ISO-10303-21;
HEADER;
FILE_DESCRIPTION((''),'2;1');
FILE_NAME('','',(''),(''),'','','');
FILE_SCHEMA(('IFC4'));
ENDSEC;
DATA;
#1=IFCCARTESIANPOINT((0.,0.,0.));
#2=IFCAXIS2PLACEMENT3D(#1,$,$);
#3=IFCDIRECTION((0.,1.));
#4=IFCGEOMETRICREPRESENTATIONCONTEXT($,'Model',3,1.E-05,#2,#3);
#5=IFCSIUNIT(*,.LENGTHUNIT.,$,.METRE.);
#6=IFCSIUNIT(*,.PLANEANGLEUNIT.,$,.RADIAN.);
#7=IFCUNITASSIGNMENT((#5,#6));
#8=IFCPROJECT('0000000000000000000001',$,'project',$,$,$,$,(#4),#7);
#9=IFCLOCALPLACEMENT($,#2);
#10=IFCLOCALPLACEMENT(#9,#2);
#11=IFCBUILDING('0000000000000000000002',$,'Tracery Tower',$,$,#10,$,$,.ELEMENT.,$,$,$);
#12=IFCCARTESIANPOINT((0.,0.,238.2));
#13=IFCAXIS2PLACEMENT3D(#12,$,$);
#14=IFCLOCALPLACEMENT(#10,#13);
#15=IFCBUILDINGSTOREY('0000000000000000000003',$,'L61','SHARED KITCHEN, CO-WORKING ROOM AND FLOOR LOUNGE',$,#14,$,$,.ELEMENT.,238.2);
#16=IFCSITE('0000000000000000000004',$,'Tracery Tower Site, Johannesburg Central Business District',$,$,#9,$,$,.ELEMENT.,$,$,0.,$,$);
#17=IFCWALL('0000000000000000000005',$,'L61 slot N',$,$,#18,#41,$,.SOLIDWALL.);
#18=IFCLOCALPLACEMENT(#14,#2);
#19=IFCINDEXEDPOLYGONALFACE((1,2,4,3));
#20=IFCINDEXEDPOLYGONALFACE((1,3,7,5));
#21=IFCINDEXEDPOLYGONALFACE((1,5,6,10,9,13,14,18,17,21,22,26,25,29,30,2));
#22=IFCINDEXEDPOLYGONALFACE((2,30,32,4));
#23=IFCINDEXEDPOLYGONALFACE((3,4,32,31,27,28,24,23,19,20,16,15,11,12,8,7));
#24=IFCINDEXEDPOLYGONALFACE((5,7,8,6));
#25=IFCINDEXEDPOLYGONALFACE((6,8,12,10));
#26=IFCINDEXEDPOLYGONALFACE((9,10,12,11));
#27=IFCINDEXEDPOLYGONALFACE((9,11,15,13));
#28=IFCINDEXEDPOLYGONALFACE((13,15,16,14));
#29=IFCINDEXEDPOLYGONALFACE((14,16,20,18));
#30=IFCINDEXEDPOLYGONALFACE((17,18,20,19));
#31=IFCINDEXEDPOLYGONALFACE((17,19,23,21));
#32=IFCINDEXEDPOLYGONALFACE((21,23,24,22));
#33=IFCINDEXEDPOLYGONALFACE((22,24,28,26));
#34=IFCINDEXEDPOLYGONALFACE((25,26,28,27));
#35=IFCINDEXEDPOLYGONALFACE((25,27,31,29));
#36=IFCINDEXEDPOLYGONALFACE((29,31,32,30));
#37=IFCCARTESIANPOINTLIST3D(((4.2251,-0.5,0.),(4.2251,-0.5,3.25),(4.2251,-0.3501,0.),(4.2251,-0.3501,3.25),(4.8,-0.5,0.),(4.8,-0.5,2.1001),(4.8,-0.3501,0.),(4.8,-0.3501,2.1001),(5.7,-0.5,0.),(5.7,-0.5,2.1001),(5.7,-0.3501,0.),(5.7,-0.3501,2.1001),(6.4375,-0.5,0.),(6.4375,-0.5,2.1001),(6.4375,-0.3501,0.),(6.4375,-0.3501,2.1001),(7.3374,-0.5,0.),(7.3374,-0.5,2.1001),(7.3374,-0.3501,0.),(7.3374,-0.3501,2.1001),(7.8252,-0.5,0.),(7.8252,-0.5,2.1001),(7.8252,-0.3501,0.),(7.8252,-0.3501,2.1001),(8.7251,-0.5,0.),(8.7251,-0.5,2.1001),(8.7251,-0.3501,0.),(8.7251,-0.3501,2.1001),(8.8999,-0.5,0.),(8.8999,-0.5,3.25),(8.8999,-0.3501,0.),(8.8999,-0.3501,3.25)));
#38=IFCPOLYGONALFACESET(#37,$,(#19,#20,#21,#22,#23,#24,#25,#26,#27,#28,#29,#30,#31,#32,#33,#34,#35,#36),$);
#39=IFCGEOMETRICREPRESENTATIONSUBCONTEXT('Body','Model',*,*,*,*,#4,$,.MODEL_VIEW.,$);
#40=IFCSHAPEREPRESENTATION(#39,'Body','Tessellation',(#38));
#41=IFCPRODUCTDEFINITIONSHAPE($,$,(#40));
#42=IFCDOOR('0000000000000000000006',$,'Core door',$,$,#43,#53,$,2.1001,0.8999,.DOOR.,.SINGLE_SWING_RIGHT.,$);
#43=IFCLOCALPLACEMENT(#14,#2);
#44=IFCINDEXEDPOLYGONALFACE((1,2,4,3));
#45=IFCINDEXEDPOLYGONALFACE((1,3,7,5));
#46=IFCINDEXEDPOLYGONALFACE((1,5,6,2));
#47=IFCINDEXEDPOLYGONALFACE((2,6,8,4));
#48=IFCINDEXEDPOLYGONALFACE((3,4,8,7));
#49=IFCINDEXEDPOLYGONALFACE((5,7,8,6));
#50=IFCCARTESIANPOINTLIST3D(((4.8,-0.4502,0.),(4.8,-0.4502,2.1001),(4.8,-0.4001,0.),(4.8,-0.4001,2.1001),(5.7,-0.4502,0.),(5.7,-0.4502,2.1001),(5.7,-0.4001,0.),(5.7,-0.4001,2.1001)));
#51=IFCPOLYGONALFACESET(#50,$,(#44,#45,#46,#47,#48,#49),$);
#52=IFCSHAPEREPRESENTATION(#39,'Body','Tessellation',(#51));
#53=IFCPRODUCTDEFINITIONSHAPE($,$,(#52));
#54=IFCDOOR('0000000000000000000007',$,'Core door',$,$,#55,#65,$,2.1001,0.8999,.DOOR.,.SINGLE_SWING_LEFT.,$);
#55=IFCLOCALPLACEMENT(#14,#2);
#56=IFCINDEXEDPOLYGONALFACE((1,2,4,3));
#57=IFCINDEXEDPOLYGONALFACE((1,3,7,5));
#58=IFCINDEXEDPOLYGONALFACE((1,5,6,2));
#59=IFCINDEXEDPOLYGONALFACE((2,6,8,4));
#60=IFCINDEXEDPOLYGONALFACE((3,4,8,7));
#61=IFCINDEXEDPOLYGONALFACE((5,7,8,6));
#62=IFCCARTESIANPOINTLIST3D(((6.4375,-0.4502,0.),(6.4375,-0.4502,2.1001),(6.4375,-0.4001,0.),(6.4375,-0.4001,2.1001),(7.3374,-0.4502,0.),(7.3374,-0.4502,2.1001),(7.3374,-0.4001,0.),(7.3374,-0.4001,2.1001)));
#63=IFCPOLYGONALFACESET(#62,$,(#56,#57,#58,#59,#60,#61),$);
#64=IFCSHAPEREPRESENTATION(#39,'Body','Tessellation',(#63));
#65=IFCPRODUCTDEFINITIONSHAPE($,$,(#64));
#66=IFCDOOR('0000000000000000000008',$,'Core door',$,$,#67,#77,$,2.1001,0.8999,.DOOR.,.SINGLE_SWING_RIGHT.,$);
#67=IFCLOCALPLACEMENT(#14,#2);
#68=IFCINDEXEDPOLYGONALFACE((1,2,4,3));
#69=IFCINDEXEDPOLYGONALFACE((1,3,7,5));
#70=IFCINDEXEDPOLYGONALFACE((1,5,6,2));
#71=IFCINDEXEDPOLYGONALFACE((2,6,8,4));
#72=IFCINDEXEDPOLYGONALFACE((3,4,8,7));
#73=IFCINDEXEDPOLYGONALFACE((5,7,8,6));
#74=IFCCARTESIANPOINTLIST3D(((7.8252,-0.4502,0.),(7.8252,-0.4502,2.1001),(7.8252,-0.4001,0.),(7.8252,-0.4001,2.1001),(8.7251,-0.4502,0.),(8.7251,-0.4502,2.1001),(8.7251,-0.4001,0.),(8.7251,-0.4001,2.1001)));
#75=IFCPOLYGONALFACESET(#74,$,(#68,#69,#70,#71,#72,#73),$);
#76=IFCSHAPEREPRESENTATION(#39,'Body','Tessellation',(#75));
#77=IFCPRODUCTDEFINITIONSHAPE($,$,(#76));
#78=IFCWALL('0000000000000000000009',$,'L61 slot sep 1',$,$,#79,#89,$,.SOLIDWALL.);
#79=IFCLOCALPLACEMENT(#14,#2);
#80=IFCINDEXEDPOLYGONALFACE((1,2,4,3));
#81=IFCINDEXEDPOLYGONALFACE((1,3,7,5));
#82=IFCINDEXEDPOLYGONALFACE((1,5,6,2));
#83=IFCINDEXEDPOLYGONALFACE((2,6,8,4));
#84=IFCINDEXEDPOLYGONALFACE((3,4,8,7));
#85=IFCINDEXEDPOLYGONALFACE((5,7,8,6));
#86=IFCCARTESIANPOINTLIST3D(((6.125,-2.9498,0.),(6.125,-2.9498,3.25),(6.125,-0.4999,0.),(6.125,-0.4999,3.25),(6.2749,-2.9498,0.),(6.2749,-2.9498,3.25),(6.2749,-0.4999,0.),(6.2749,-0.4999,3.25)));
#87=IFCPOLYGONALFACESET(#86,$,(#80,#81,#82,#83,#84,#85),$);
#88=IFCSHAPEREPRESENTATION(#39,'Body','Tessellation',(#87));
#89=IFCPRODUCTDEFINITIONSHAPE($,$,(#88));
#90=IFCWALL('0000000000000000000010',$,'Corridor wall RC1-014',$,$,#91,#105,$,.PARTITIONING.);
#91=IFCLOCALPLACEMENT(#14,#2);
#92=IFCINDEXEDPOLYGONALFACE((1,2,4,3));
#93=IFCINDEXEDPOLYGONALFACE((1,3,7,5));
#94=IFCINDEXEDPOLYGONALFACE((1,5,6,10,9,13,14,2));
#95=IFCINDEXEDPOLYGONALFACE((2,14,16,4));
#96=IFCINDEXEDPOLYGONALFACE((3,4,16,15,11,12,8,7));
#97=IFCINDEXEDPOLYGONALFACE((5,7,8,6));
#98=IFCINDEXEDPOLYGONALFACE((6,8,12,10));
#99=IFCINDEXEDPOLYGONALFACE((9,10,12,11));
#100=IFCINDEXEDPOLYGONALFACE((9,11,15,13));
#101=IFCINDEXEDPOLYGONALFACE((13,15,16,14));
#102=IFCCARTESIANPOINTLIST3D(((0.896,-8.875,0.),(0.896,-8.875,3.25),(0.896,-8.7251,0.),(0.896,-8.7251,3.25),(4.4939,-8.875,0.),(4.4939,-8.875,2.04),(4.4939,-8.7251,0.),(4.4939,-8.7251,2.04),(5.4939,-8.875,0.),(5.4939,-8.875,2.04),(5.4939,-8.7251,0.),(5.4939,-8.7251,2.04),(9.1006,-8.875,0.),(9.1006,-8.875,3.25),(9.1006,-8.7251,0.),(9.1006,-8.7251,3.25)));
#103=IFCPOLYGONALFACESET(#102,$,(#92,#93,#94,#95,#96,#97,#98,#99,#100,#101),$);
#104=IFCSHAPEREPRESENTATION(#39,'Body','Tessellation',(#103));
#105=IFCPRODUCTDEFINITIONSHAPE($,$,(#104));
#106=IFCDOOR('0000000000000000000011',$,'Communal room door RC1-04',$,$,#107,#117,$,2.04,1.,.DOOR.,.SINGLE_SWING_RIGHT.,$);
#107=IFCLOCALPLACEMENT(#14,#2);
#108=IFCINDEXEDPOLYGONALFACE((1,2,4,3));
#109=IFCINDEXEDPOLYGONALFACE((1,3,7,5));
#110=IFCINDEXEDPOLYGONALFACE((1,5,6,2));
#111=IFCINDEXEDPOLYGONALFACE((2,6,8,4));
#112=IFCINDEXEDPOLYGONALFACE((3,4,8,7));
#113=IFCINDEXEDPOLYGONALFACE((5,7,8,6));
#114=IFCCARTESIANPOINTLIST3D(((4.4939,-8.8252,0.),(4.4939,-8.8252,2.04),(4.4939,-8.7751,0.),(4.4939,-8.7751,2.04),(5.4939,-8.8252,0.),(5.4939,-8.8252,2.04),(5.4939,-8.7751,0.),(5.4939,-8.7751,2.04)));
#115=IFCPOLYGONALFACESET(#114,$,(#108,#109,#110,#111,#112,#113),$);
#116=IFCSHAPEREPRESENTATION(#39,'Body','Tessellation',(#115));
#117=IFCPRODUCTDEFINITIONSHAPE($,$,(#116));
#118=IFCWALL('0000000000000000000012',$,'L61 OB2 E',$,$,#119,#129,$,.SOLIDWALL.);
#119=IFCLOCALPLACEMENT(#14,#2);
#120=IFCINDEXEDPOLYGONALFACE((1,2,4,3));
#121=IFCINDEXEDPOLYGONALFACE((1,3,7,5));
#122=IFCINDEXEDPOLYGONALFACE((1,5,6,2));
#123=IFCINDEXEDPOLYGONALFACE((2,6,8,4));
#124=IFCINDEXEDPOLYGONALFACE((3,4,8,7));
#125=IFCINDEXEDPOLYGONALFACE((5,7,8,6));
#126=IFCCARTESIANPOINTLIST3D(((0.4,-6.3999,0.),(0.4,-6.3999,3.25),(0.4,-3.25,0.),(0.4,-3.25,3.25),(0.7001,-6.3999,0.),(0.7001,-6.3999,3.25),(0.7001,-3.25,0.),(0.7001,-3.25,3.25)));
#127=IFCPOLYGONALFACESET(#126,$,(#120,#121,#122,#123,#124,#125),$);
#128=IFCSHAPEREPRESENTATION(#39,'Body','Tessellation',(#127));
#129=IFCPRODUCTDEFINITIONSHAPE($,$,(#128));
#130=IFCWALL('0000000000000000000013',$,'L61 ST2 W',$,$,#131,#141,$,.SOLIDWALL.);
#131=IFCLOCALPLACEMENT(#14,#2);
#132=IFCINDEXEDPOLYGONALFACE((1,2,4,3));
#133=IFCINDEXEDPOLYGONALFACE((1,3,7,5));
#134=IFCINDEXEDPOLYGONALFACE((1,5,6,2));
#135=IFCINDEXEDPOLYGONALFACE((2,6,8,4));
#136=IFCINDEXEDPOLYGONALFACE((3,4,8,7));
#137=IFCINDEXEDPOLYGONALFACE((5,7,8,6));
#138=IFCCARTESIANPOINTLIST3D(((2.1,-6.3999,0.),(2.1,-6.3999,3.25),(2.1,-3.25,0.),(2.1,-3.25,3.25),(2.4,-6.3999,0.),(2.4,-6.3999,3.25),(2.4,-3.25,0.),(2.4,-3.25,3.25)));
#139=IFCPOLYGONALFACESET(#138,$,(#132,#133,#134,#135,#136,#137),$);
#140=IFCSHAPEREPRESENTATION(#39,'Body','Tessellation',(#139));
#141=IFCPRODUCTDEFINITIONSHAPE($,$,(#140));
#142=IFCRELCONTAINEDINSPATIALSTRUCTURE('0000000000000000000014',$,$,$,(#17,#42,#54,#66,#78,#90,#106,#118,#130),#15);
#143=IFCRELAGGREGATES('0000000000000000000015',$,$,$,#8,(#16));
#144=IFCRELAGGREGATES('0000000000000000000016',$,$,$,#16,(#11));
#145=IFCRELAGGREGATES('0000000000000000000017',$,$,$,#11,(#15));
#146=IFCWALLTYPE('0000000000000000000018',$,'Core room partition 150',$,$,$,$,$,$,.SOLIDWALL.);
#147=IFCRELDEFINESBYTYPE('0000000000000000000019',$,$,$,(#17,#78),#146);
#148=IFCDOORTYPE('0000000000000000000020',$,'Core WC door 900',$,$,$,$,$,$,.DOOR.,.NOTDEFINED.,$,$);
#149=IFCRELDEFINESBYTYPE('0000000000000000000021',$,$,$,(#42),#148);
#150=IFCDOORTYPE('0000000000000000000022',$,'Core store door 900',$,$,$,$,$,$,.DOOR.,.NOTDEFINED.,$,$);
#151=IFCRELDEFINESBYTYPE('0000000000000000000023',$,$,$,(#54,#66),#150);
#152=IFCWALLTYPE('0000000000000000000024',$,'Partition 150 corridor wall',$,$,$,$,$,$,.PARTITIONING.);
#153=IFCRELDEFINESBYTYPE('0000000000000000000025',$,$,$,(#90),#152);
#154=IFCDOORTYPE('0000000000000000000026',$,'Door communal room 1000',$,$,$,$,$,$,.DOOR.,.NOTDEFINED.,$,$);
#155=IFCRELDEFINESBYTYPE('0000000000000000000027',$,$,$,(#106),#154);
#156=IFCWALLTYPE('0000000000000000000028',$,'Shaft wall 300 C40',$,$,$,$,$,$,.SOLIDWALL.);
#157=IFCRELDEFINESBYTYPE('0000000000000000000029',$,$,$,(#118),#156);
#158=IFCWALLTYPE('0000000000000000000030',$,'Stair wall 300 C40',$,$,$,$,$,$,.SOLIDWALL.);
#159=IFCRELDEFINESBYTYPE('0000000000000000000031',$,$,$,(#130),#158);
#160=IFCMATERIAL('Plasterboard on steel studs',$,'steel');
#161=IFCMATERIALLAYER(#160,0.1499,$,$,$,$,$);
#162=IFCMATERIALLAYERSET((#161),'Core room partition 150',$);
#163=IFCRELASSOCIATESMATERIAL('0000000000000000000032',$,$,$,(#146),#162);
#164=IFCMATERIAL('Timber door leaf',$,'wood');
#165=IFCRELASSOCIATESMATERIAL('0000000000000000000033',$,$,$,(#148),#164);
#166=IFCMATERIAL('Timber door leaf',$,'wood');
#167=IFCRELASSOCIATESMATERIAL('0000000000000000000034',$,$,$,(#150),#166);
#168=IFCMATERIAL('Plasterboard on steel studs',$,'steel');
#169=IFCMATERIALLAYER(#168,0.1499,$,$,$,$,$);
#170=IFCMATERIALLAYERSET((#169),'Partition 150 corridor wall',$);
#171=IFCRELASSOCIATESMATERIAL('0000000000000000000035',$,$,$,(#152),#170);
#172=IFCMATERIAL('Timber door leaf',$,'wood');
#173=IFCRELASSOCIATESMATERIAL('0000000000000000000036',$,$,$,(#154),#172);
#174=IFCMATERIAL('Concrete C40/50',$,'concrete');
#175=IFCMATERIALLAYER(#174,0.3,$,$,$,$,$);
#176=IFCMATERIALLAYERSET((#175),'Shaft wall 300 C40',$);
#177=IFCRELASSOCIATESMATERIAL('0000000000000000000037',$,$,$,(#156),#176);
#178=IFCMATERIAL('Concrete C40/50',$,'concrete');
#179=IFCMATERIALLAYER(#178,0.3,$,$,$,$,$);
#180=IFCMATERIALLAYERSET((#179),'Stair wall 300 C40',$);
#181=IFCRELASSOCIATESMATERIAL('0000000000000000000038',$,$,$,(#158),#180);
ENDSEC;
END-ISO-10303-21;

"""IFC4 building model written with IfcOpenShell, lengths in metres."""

from ifc_helpers import new_model, si_unit, direction, frame, frame_2d, origin, place, context, subcontext, project, spatial, rectangle, extrude, material, layer, layer_set, type_object, element, fill, save


model = new_model("IFC4")

# Units and contexts
model_context = context("Model", 3, precision=1e-05, world=origin(), true_north=direction((0.0, 1.0)))
body_context = subcontext(model_context, "Body", "Model", "MODEL_VIEW")
ifc_project = project(units=[si_unit("LENGTHUNIT", "METRE"), si_unit("PLANEANGLEUNIT", "RADIAN")], contexts=[model_context])

# Site, building, storey
site_placement = place(None, origin())
site = spatial("IfcSite", under=ifc_project, at=site_placement, Name="Tracery Tower Site, Johannesburg Central Business District", CompositionType="ELEMENT", RefElevation=0.0)
building_placement = place(site_placement, origin())
building = spatial("IfcBuilding", under=site, at=building_placement, Name="Tracery Tower", CompositionType="ELEMENT")
storey_placement = place(building_placement, frame((0.0, 0.0, 238.2)))
storey = spatial("IfcBuildingStorey", under=building, at=storey_placement, Name="L61", Description="SHARED KITCHEN, CO-WORKING ROOM AND FLOOR LOUNGE", CompositionType="ELEMENT", Elevation=238.2)

# Shared definitions
ifc_material_1 = material(Name="Plasterboard on steel studs", Category="steel")
ifc_layer_1 = layer(ifc_material_1, 0.1499)
ifc_layer_set_1 = layer_set([ifc_layer_1], Name="Core room partition 150")
wall_type_1 = type_object("IfcWallType", Name="Core room partition 150", PredefinedType="SOLIDWALL", material=ifc_layer_set_1)

# Wall, openings, doors
wall_1_placement = place(storey_placement, frame((4.2251, -0.425, 0.0), z_axis=(0.0, 0.0, 1.0), x_axis=(1.0, 0.0, 0.0)))
wall_1 = element("IfcWall", 1, at=wall_1_placement, inside=storey, type_object=wall_type_1, Name="L61 slot N", PredefinedType="SOLIDWALL", context=body_context, shape_type="SweptSolid", body=[
    extrude(rectangle(XDim=4.6748, YDim=0.1499, at=frame_2d((2.3374, 0.0))), origin(), (0.0, 0.0, 1.0), 3.25),
])
opening_1_placement = place(wall_1_placement, frame((0.575, 0.0, 0.0)))
opening_1 = element("IfcOpeningElement", 2, at=opening_1_placement, cuts=wall_1, PredefinedType="OPENING", context=body_context, shape_type="SweptSolid", body=[
    extrude(rectangle(XDim=0.8999, YDim=2.1001, at=frame_2d((0.45, 1.05))), frame((0.0, 0.075, 0.0), z_axis=(0.0, -1.0, 0.0), x_axis=(1.0, 0.0, 0.0)), (0.0, 0.0, 1.0), 0.1499),
])
opening_2_placement = place(wall_1_placement, frame((2.2124, 0.0, 0.0)))
opening_2 = element("IfcOpeningElement", 3, at=opening_2_placement, cuts=wall_1, PredefinedType="OPENING", context=body_context, shape_type="SweptSolid", body=[
    extrude(rectangle(XDim=0.8999, YDim=2.1001, at=frame_2d((0.45, 1.05))), frame((0.0, 0.075, 0.0), z_axis=(0.0, -1.0, 0.0), x_axis=(1.0, 0.0, 0.0)), (0.0, 0.0, 1.0), 0.1499),
])
opening_3_placement = place(wall_1_placement, frame((3.6001, 0.0, 0.0)))
opening_3 = element("IfcOpeningElement", 4, at=opening_3_placement, cuts=wall_1, PredefinedType="OPENING", context=body_context, shape_type="SweptSolid", body=[
    extrude(rectangle(XDim=0.8999, YDim=2.1001, at=frame_2d((0.45, 1.05))), frame((0.0, 0.075, 0.0), z_axis=(0.0, -1.0, 0.0), x_axis=(1.0, 0.0, 0.0)), (0.0, 0.0, 1.0), 0.1499),
])
ifc_material_2 = material(Name="Timber door leaf", Category="wood")
door_type_1 = type_object("IfcDoorType", Name="Core WC door 900", OperationType="NOTDEFINED", PredefinedType="DOOR", material=ifc_material_2)
door_1_placement = place(opening_1_placement, origin())
door_1 = element("IfcDoor", 5, at=door_1_placement, inside=storey, type_object=door_type_1, Name="Core door", OperationType="SINGLE_SWING_RIGHT", OverallHeight=2.1001, OverallWidth=0.8999, PredefinedType="DOOR", context=body_context, shape_type="SweptSolid", body=[
    extrude(rectangle(XDim=0.8999, YDim=2.1001, at=frame_2d((0.45, 1.05))), frame((0.0, 0.0249, 0.0), z_axis=(0.0, -1.0, 0.0), x_axis=(1.0, 0.0, 0.0)), (0.0, 0.0, 1.0), 0.05),
])
fill(opening_1, door_1)
ifc_material_3 = material(Name="Timber door leaf", Category="wood")
door_type_2 = type_object("IfcDoorType", Name="Core store door 900", OperationType="NOTDEFINED", PredefinedType="DOOR", material=ifc_material_3)
door_2_placement = place(opening_2_placement, origin())
door_2 = element("IfcDoor", 6, at=door_2_placement, inside=storey, type_object=door_type_2, Name="Core door", OperationType="SINGLE_SWING_LEFT", OverallHeight=2.1001, OverallWidth=0.8999, PredefinedType="DOOR", context=body_context, shape_type="SweptSolid", body=[
    extrude(rectangle(XDim=0.8999, YDim=2.1001, at=frame_2d((0.45, 1.05))), frame((0.0, 0.0249, 0.0), z_axis=(0.0, -1.0, 0.0), x_axis=(1.0, 0.0, 0.0)), (0.0, 0.0, 1.0), 0.05),
])
fill(opening_2, door_2)
door_3_placement = place(opening_3_placement, origin())
door_3 = element("IfcDoor", 7, at=door_3_placement, inside=storey, type_object=door_type_2, Name="Core door", OperationType="SINGLE_SWING_RIGHT", OverallHeight=2.1001, OverallWidth=0.8999, PredefinedType="DOOR", context=body_context, shape_type="SweptSolid", body=[
    extrude(rectangle(XDim=0.8999, YDim=2.1001, at=frame_2d((0.45, 1.05))), frame((0.0, 0.0249, 0.0), z_axis=(0.0, -1.0, 0.0), x_axis=(1.0, 0.0, 0.0)), (0.0, 0.0, 1.0), 0.05),
])
fill(opening_3, door_3)

# Wall
wall_2_placement = place(storey_placement, frame((6.2, -2.95, 0.0), z_axis=(0.0, 0.0, 1.0), x_axis=(0.0, 1.0, 0.0)))
element("IfcWall", 8, at=wall_2_placement, inside=storey, type_object=wall_type_1, Name="L61 slot sep 1", PredefinedType="SOLIDWALL", context=body_context, shape_type="SweptSolid", body=[
    extrude(rectangle(XDim=2.45, YDim=0.1499, at=frame_2d((1.2251, 0.0))), origin(), (0.0, 0.0, 1.0), 3.25),
])

# Wall, opening, door
ifc_material_4 = material(Name="Plasterboard on steel studs", Category="steel")
ifc_layer_2 = layer(ifc_material_4, 0.1499)
ifc_layer_set_2 = layer_set([ifc_layer_2], Name="Partition 150 corridor wall")
wall_type_2 = type_object("IfcWallType", Name="Partition 150 corridor wall", PredefinedType="PARTITIONING", material=ifc_layer_set_2)
wall_3_placement = place(storey_placement, frame((0.896, -8.8, 0.0), z_axis=(0.0, 0.0, 1.0), x_axis=(1.0, 0.0, 0.0)))
wall_3 = element("IfcWall", 9, at=wall_3_placement, inside=storey, type_object=wall_type_2, Name="Corridor wall RC1-014", PredefinedType="PARTITIONING", context=body_context, shape_type="SweptSolid", body=[
    extrude(rectangle(XDim=8.2046, YDim=0.1499, at=frame_2d((4.1023, 0.0))), origin(), (0.0, 0.0, 1.0), 3.25),
])
opening_4_placement = place(wall_3_placement, frame((3.5979, 0.0, 0.0)))
opening_4 = element("IfcOpeningElement", 10, at=opening_4_placement, cuts=wall_3, PredefinedType="OPENING", context=body_context, shape_type="SweptSolid", body=[
    extrude(rectangle(XDim=1.0, YDim=2.04, at=frame_2d((0.5, 1.02))), frame((0.0, 0.075, 0.0), z_axis=(0.0, -1.0, 0.0), x_axis=(1.0, 0.0, 0.0)), (0.0, 0.0, 1.0), 0.1499),
])
ifc_material_5 = material(Name="Timber door leaf", Category="wood")
door_type_3 = type_object("IfcDoorType", Name="Door communal room 1000", OperationType="NOTDEFINED", PredefinedType="DOOR", material=ifc_material_5)
door_4_placement = place(opening_4_placement, origin())
door_4 = element("IfcDoor", 11, at=door_4_placement, inside=storey, type_object=door_type_3, Name="Communal room door RC1-04", OperationType="SINGLE_SWING_RIGHT", OverallHeight=2.04, OverallWidth=1.0, PredefinedType="DOOR", context=body_context, shape_type="SweptSolid", body=[
    extrude(rectangle(XDim=1.0, YDim=2.04, at=frame_2d((0.5, 1.02))), frame((0.0, 0.0249, 0.0), z_axis=(0.0, -1.0, 0.0), x_axis=(1.0, 0.0, 0.0)), (0.0, 0.0, 1.0), 0.05),
])
fill(opening_4, door_4)

# Wall
ifc_material_6 = material(Name="Concrete C40/50", Category="concrete")
ifc_layer_3 = layer(ifc_material_6, 0.3)
ifc_layer_set_3 = layer_set([ifc_layer_3], Name="Shaft wall 300 C40")
wall_type_3 = type_object("IfcWallType", Name="Shaft wall 300 C40", PredefinedType="SOLIDWALL", material=ifc_layer_set_3)
wall_4_placement = place(storey_placement, frame((0.55, -6.3999, 0.0), z_axis=(0.0, 0.0, 1.0), x_axis=(0.0, 1.0, 0.0)))
element("IfcWall", 12, at=wall_4_placement, inside=storey, type_object=wall_type_3, Name="L61 OB2 E", PredefinedType="SOLIDWALL", context=body_context, shape_type="SweptSolid", body=[
    extrude(rectangle(XDim=3.1499, YDim=0.3, at=frame_2d((1.575, 0.0))), origin(), (0.0, 0.0, 1.0), 3.25),
])

# Shared definitions
ifc_material_7 = material(Name="Concrete C40/50", Category="concrete")
ifc_layer_4 = layer(ifc_material_7, 0.3)
ifc_layer_set_4 = layer_set([ifc_layer_4], Name="Stair wall 300 C40")
wall_type_4 = type_object("IfcWallType", Name="Stair wall 300 C40", PredefinedType="SOLIDWALL", material=ifc_layer_set_4)

# Wall
wall_5_placement = place(storey_placement, frame((2.25, -6.3999, 0.0), z_axis=(0.0, 0.0, 1.0), x_axis=(0.0, 1.0, 0.0)))
element("IfcWall", 13, at=wall_5_placement, inside=storey, type_object=wall_type_4, Name="L61 ST2 W", PredefinedType="SOLIDWALL", context=body_context, shape_type="SweptSolid", body=[
    extrude(rectangle(XDim=3.1499, YDim=0.3, at=frame_2d((1.575, 0.0))), origin(), (0.0, 0.0, 1.0), 3.25),
])

save(model, "model.ifc")
